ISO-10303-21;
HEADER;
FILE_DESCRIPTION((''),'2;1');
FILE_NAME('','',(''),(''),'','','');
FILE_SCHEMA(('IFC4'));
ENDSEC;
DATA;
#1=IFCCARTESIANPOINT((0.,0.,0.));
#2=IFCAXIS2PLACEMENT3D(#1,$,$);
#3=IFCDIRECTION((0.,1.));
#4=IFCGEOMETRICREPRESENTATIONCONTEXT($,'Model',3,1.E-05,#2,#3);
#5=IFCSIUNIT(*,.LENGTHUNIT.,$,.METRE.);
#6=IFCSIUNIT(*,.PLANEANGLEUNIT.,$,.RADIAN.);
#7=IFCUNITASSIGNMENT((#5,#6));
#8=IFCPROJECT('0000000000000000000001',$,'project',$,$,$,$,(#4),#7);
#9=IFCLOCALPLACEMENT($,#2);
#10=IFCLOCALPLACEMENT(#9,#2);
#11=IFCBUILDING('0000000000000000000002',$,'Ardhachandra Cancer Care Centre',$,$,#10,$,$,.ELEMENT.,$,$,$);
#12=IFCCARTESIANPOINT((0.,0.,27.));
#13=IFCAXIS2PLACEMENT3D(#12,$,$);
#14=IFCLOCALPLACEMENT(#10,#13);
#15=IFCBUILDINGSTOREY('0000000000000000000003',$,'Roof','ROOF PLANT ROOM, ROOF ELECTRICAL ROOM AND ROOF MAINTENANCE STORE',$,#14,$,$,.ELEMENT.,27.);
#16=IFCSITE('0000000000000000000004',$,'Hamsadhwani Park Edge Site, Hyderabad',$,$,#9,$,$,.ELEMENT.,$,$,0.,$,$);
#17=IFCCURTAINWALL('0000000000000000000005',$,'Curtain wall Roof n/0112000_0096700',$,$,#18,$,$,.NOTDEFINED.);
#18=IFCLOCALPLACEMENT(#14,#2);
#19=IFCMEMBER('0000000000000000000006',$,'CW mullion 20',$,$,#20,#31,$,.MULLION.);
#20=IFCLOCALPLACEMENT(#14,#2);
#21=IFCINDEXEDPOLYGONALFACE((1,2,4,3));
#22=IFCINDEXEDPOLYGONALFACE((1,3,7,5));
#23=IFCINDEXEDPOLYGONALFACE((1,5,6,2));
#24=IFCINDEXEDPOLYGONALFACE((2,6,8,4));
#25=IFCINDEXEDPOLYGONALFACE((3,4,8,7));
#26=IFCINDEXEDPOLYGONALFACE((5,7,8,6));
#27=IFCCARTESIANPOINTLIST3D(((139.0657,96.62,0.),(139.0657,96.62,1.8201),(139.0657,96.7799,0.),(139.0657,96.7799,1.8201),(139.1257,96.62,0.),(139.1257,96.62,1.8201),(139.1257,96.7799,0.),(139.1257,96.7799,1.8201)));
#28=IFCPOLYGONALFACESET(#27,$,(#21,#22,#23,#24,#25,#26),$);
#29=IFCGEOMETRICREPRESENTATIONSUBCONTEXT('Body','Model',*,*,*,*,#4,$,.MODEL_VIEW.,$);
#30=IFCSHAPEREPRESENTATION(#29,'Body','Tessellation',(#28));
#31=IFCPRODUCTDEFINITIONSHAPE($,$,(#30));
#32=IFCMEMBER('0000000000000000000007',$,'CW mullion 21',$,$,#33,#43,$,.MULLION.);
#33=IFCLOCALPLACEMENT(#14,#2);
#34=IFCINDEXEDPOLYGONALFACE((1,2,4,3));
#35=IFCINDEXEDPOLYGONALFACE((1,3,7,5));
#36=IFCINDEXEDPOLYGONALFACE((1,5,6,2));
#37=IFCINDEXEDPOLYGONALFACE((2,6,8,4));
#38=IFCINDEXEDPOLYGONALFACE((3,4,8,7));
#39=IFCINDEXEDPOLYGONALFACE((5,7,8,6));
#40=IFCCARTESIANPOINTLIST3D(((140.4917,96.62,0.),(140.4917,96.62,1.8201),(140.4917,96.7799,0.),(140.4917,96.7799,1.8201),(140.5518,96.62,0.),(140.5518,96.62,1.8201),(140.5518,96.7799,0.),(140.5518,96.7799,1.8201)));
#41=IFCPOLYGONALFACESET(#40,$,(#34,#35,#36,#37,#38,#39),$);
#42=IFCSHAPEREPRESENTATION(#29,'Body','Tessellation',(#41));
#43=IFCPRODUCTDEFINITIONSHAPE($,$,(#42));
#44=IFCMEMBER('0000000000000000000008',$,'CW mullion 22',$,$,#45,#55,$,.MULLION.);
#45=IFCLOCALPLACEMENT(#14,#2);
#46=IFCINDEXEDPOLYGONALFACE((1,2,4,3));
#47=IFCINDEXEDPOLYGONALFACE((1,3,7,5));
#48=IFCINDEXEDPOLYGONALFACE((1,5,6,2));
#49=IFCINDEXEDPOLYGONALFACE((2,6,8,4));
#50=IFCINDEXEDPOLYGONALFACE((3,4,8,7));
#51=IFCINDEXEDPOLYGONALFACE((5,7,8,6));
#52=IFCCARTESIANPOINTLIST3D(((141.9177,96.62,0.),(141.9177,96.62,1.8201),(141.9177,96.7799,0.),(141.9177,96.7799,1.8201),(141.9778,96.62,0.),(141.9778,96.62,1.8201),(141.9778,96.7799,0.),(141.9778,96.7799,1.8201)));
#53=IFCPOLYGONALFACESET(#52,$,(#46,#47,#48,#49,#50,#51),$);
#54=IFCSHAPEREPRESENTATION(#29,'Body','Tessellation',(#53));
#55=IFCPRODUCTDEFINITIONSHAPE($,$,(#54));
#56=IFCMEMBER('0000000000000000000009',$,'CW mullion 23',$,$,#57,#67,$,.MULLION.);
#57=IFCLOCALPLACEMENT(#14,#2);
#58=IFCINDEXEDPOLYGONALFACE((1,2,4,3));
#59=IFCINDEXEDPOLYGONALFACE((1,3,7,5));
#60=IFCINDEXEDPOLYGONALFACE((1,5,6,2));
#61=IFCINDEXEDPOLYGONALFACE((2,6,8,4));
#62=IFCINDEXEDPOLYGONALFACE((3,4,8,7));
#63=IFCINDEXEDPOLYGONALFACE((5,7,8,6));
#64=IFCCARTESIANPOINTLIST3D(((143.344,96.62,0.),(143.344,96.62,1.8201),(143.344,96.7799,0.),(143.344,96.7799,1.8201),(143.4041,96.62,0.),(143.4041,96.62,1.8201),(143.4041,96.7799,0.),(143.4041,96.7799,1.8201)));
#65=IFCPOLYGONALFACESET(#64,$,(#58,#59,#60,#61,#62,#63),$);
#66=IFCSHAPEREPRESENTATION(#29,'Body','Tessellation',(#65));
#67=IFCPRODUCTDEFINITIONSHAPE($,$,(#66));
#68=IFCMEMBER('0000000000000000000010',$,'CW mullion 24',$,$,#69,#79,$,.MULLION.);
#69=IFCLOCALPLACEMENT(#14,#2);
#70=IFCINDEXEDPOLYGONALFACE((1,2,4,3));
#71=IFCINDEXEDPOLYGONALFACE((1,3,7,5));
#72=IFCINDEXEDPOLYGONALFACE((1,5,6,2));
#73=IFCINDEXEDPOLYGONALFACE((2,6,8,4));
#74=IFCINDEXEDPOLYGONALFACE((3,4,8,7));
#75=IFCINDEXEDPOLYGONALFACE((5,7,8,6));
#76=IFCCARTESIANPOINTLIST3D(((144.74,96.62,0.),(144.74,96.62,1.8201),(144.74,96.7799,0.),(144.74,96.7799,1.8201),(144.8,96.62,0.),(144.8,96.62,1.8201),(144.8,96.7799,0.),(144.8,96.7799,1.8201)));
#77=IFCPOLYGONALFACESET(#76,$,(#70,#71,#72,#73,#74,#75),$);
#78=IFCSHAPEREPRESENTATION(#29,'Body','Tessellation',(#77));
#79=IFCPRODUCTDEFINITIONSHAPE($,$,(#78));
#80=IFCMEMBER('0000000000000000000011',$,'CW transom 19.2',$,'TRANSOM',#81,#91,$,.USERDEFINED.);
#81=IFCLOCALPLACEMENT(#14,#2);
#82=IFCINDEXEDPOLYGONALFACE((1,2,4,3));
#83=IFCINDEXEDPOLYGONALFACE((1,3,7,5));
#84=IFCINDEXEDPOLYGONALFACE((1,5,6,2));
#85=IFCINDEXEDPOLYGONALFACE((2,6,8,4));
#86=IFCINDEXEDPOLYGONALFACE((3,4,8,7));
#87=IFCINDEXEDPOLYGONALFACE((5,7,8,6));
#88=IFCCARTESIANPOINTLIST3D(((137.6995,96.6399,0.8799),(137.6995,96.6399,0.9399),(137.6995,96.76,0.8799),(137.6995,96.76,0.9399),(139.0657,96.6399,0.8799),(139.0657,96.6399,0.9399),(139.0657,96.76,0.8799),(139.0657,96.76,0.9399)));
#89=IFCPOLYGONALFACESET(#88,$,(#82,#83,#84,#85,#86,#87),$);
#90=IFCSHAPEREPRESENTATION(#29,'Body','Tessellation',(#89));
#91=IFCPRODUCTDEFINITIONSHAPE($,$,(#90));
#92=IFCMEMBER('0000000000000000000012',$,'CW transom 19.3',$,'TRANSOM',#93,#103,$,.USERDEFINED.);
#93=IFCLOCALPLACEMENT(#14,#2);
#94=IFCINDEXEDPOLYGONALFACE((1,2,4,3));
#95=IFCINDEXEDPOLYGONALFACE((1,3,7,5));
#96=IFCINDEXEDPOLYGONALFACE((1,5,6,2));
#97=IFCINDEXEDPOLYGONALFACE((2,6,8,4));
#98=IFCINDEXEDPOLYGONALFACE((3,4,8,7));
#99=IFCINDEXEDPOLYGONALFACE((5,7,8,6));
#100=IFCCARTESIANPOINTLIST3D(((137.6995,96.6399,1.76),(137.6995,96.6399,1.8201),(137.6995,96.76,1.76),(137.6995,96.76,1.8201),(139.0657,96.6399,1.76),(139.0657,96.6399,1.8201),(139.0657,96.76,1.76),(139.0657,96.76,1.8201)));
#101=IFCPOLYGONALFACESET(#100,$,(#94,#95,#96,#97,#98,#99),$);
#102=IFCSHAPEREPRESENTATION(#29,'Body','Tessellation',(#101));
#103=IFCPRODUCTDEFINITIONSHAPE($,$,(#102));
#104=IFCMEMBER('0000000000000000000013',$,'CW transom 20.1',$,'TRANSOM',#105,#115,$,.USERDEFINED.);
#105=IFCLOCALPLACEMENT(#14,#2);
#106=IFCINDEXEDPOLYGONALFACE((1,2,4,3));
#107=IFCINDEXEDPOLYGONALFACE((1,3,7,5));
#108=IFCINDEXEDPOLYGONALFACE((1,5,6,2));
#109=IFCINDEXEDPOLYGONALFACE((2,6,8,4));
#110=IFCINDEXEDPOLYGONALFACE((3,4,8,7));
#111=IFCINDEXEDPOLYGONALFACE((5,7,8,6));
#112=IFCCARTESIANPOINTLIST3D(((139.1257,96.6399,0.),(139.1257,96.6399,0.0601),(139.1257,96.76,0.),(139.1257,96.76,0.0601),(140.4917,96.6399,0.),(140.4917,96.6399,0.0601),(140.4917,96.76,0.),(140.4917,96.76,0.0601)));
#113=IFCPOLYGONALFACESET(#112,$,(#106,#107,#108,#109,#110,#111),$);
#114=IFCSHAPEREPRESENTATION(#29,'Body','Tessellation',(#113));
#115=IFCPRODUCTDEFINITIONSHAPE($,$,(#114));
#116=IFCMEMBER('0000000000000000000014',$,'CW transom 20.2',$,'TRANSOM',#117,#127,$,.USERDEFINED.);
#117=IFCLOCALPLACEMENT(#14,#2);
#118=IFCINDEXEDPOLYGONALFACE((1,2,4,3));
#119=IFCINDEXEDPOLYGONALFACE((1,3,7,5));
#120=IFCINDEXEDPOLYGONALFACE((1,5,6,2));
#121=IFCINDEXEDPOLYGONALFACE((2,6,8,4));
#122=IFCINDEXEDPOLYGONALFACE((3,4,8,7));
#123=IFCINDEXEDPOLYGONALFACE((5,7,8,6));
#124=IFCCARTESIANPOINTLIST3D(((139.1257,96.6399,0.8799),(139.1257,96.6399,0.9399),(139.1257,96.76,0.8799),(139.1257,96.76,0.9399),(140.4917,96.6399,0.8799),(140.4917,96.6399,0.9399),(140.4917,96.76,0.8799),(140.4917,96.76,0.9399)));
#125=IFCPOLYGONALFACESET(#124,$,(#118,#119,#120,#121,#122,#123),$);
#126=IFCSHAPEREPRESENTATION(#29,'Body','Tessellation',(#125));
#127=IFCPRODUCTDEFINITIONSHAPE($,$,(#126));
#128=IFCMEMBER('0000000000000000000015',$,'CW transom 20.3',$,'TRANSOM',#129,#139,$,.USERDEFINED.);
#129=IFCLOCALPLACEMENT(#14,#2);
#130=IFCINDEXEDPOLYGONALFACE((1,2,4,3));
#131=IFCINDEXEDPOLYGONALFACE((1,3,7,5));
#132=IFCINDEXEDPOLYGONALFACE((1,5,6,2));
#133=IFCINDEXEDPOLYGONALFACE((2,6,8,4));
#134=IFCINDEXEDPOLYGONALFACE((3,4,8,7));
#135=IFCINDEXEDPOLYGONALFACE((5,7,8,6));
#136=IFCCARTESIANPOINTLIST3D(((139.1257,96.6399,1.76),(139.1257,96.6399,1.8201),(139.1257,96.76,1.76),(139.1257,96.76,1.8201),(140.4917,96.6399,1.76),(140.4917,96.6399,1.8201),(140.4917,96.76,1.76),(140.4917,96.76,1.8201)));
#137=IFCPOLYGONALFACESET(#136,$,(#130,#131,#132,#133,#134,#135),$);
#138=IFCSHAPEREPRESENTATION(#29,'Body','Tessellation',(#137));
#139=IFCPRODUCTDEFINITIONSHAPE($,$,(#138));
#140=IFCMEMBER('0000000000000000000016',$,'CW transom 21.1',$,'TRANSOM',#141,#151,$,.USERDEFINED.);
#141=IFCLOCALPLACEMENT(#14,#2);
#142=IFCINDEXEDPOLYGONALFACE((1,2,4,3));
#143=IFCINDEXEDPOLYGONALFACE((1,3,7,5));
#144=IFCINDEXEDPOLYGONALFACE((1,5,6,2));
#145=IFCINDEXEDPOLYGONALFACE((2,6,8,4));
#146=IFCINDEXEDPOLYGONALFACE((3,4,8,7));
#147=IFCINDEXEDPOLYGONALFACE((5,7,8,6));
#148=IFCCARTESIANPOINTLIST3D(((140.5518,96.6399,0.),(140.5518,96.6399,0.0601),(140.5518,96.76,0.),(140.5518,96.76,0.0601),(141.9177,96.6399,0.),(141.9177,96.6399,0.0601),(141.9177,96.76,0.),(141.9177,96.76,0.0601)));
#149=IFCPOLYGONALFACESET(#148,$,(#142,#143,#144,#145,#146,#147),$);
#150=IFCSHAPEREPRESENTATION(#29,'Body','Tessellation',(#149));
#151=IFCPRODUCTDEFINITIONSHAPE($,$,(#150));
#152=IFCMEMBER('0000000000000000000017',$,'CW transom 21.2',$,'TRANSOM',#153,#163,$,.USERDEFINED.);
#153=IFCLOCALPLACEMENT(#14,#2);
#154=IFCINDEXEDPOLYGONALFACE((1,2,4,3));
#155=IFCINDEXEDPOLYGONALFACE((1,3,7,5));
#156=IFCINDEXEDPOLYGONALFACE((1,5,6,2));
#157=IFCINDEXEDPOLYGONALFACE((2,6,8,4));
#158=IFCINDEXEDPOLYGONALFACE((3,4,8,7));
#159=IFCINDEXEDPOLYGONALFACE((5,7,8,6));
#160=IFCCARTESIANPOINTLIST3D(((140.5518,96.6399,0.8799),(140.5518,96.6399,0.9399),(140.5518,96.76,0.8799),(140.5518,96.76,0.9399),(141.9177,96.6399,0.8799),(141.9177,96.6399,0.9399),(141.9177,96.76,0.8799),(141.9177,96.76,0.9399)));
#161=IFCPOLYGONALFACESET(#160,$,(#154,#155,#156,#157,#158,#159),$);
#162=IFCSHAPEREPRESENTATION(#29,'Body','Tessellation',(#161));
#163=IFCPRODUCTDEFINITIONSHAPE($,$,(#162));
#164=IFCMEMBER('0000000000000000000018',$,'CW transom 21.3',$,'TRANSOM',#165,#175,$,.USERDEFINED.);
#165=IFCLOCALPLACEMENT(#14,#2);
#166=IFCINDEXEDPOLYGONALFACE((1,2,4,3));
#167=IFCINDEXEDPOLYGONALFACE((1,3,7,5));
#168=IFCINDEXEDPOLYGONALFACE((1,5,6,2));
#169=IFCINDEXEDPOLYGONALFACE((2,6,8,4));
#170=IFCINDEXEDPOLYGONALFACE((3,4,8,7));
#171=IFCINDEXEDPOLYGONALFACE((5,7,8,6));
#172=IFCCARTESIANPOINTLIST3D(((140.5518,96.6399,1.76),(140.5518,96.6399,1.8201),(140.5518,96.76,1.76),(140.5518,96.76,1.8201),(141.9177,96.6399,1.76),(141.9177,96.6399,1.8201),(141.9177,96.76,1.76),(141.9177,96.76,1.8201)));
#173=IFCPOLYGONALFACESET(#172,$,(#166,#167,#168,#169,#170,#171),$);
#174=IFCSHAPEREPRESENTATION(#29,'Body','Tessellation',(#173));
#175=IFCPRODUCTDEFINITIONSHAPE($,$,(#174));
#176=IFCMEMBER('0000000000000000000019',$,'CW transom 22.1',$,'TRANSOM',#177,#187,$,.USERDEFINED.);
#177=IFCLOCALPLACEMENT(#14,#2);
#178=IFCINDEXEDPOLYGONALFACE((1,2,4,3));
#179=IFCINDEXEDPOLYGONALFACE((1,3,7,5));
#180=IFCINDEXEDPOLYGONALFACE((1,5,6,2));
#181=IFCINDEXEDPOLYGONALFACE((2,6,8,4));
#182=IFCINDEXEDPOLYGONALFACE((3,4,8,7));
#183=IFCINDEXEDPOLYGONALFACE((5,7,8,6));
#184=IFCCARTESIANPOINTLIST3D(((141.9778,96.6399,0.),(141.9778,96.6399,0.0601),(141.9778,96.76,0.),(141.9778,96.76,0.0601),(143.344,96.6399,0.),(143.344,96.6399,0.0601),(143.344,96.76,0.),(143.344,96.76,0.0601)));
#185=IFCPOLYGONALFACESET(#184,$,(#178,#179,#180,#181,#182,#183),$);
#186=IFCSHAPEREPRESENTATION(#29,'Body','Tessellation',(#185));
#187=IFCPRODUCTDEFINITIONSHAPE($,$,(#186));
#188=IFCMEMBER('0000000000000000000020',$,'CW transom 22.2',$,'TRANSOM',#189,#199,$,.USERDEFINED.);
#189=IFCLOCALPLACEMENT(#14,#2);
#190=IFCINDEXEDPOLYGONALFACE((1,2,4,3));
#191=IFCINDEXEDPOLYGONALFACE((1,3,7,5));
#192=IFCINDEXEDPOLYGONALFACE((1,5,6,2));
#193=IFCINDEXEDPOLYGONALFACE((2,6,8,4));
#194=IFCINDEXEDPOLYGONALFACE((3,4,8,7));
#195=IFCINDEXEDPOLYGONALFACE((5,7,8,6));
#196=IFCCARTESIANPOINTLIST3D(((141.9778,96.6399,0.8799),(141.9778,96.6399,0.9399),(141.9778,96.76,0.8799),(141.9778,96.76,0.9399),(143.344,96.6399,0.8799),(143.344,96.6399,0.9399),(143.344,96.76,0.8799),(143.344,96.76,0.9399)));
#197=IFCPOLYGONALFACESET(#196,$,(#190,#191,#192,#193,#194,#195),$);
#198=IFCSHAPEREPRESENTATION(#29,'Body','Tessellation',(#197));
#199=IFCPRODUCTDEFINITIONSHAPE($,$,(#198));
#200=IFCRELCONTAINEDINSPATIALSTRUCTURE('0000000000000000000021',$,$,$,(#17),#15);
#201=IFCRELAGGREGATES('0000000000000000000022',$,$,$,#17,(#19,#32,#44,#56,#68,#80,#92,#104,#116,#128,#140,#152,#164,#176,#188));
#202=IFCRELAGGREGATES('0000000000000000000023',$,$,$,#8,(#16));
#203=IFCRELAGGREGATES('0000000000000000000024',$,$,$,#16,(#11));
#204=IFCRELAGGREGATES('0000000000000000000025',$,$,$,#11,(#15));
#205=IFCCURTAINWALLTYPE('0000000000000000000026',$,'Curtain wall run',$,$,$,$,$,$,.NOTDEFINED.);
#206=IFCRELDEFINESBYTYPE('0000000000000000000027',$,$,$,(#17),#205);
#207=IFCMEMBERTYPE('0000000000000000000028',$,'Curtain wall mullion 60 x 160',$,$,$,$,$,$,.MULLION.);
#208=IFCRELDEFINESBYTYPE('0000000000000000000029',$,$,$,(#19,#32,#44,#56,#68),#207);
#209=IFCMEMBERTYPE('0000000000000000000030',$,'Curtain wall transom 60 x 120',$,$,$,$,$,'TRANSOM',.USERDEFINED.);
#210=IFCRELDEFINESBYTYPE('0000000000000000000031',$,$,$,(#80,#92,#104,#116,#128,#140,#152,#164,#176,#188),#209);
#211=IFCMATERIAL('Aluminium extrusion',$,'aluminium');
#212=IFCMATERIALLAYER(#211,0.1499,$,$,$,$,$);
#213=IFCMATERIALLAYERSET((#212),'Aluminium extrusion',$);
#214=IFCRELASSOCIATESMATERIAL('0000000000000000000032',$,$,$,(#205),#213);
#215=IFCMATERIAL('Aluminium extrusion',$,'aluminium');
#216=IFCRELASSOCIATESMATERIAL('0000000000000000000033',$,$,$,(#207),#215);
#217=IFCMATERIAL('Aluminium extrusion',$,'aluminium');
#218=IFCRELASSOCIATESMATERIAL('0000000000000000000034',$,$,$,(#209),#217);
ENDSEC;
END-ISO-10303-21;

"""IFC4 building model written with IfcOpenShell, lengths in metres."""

from ifc_helpers import new_model, si_unit, direction, frame, origin, origin_2d, place, context, subcontext, project, spatial, rectangle, extrude, material, layer, layer_set, material_profile, profile_set, type_object, element, aggregate, save


model = new_model("IFC4")

# Units and contexts
model_context = context("Model", 3, precision=1e-05, world=origin(), true_north=direction((0.0, 1.0)))
body_context = subcontext(model_context, "Body", "Model", "MODEL_VIEW")
ifc_project = project(units=[si_unit("LENGTHUNIT", "METRE"), si_unit("PLANEANGLEUNIT", "RADIAN")], contexts=[model_context])

# Site, building, storey
site_placement = place(None, origin())
site = spatial("IfcSite", under=ifc_project, at=site_placement, Name="Hamsadhwani Park Edge Site, Hyderabad", CompositionType="ELEMENT", RefElevation=0.0)
building_placement = place(site_placement, origin())
building = spatial("IfcBuilding", under=site, at=building_placement, Name="Ardhachandra Cancer Care Centre", CompositionType="ELEMENT")
storey_placement = place(building_placement, frame((0.0, 0.0, 27.0)))
storey = spatial("IfcBuildingStorey", under=building, at=storey_placement, Name="Roof", Description="ROOF PLANT ROOM, ROOF ELECTRICAL ROOM AND ROOF MAINTENANCE STORE", CompositionType="ELEMENT", Elevation=27.0)

# Curtain wall, members
ifc_material_1 = material(Name="Aluminium extrusion", Category="aluminium")
ifc_layer_1 = layer(ifc_material_1, 0.1499)
ifc_layer_set_1 = layer_set([ifc_layer_1], Name="Aluminium extrusion")
curtain_wall_type = type_object("IfcCurtainWallType", Name="Curtain wall run", PredefinedType="NOTDEFINED", material=ifc_layer_set_1)
curtain_wall_placement = place(storey_placement, origin())
curtain_wall = element("IfcCurtainWall", 1, at=curtain_wall_placement, inside=storey, type_object=curtain_wall_type, Name="Curtain wall Roof n/0112000_0096700", PredefinedType="NOTDEFINED")
ifc_material_2 = material(Name="Aluminium extrusion", Category="aluminium")
ifc_material_profile_1 = material_profile(ifc_material_2, rectangle(XDim=0.1599, YDim=0.0601, at=origin_2d()), Name="Curtain wall mullion 60 x 160")
ifc_profile_set_1 = profile_set([ifc_material_profile_1], Name="Aluminium extrusion")
member_type_1 = type_object("IfcMemberType", Name="Curtain wall mullion 60 x 160", PredefinedType="MULLION", material=ifc_profile_set_1)
member_1_placement = place(storey_placement, frame((139.0957, 96.7, 0.0), z_axis=(0.0, 0.0, 1.0), x_axis=(0.0, 1.0, 0.0)))
member_1 = element("IfcMember", 2, at=member_1_placement, type_object=member_type_1, Name="CW mullion 20", PredefinedType="MULLION", context=body_context, shape_type="SweptSolid", body=[
    extrude(rectangle(XDim=0.1599, YDim=0.0601, at=origin_2d()), origin(), (0.0, 0.0, 1.0), 1.8201),
])
member_2_placement = place(storey_placement, frame((140.5217, 96.7, 0.0), z_axis=(0.0, 0.0, 1.0), x_axis=(0.0, 1.0, 0.0)))
member_2 = element("IfcMember", 3, at=member_2_placement, type_object=member_type_1, Name="CW mullion 21", PredefinedType="MULLION", context=body_context, shape_type="SweptSolid", body=[
    extrude(rectangle(XDim=0.1599, YDim=0.0601, at=origin_2d()), origin(), (0.0, 0.0, 1.0), 1.8201),
])
member_3_placement = place(storey_placement, frame((141.9478, 96.7, 0.0), z_axis=(0.0, 0.0, 1.0), x_axis=(0.0, 1.0, 0.0)))
member_3 = element("IfcMember", 4, at=member_3_placement, type_object=member_type_1, Name="CW mullion 22", PredefinedType="MULLION", context=body_context, shape_type="SweptSolid", body=[
    extrude(rectangle(XDim=0.1599, YDim=0.0601, at=origin_2d()), origin(), (0.0, 0.0, 1.0), 1.8201),
])
member_4_placement = place(storey_placement, frame((143.374, 96.7, 0.0), z_axis=(0.0, 0.0, 1.0), x_axis=(0.0, 1.0, 0.0)))
member_4 = element("IfcMember", 5, at=member_4_placement, type_object=member_type_1, Name="CW mullion 23", PredefinedType="MULLION", context=body_context, shape_type="SweptSolid", body=[
    extrude(rectangle(XDim=0.1599, YDim=0.0601, at=origin_2d()), origin(), (0.0, 0.0, 1.0), 1.8201),
])
member_5_placement = place(storey_placement, frame((144.77, 96.7, 0.0), z_axis=(0.0, 0.0, 1.0), x_axis=(0.0, 1.0, 0.0)))
member_5 = element("IfcMember", 6, at=member_5_placement, type_object=member_type_1, Name="CW mullion 24", PredefinedType="MULLION", context=body_context, shape_type="SweptSolid", body=[
    extrude(rectangle(XDim=0.1599, YDim=0.0601, at=origin_2d()), origin(), (0.0, 0.0, 1.0), 1.8201),
])
ifc_material_3 = material(Name="Aluminium extrusion", Category="aluminium")
ifc_material_profile_2 = material_profile(ifc_material_3, rectangle(XDim=0.1201, YDim=0.0601, at=origin_2d()), Name="Curtain wall transom 60 x 120")
ifc_profile_set_2 = profile_set([ifc_material_profile_2], Name="Aluminium extrusion")
member_type_2 = type_object("IfcMemberType", Name="Curtain wall transom 60 x 120", ElementType="TRANSOM", PredefinedType="USERDEFINED", material=ifc_profile_set_2)
member_6_placement = place(storey_placement, frame((137.6995, 96.7, 0.9099), z_axis=(1.0, 0.0, 0.0), x_axis=(0.0, 1.0, 0.0)))
member_6 = element("IfcMember", 7, at=member_6_placement, type_object=member_type_2, Name="CW transom 19.2", ObjectType="TRANSOM", PredefinedType="USERDEFINED", context=body_context, shape_type="SweptSolid", body=[
    extrude(rectangle(XDim=0.1201, YDim=0.0601, at=origin_2d()), origin(), (0.0, 0.0, 1.0), 1.3662),
])
member_7_placement = place(storey_placement, frame((137.6995, 96.7, 1.79), z_axis=(1.0, 0.0, 0.0), x_axis=(0.0, 1.0, 0.0)))
member_7 = element("IfcMember", 8, at=member_7_placement, type_object=member_type_2, Name="CW transom 19.3", ObjectType="TRANSOM", PredefinedType="USERDEFINED", context=body_context, shape_type="SweptSolid", body=[
    extrude(rectangle(XDim=0.1201, YDim=0.0601, at=origin_2d()), origin(), (0.0, 0.0, 1.0), 1.3662),
])
member_8_placement = place(storey_placement, frame((139.1257, 96.7, 0.03), z_axis=(1.0, 0.0, 0.0), x_axis=(0.0, 1.0, 0.0)))
member_8 = element("IfcMember", 9, at=member_8_placement, type_object=member_type_2, Name="CW transom 20.1", ObjectType="TRANSOM", PredefinedType="USERDEFINED", context=body_context, shape_type="SweptSolid", body=[
    extrude(rectangle(XDim=0.1201, YDim=0.0601, at=origin_2d()), origin(), (0.0, 0.0, 1.0), 1.366),
])
member_9_placement = place(storey_placement, frame((139.1257, 96.7, 0.9099), z_axis=(1.0, 0.0, 0.0), x_axis=(0.0, 1.0, 0.0)))
member_9 = element("IfcMember", 10, at=member_9_placement, type_object=member_type_2, Name="CW transom 20.2", ObjectType="TRANSOM", PredefinedType="USERDEFINED", context=body_context, shape_type="SweptSolid", body=[
    extrude(rectangle(XDim=0.1201, YDim=0.0601, at=origin_2d()), origin(), (0.0, 0.0, 1.0), 1.366),
])
member_10_placement = place(storey_placement, frame((139.1257, 96.7, 1.79), z_axis=(1.0, 0.0, 0.0), x_axis=(0.0, 1.0, 0.0)))
member_10 = element("IfcMember", 11, at=member_10_placement, type_object=member_type_2, Name="CW transom 20.3", ObjectType="TRANSOM", PredefinedType="USERDEFINED", context=body_context, shape_type="SweptSolid", body=[
    extrude(rectangle(XDim=0.1201, YDim=0.0601, at=origin_2d()), origin(), (0.0, 0.0, 1.0), 1.366),
])
member_11_placement = place(storey_placement, frame((140.5518, 96.7, 0.03), z_axis=(1.0, 0.0, 0.0), x_axis=(0.0, 1.0, 0.0)))
member_11 = element("IfcMember", 12, at=member_11_placement, type_object=member_type_2, Name="CW transom 21.1", ObjectType="TRANSOM", PredefinedType="USERDEFINED", context=body_context, shape_type="SweptSolid", body=[
    extrude(rectangle(XDim=0.1201, YDim=0.0601, at=origin_2d()), origin(), (0.0, 0.0, 1.0), 1.366),
])
member_12_placement = place(storey_placement, frame((140.5518, 96.7, 0.9099), z_axis=(1.0, 0.0, 0.0), x_axis=(0.0, 1.0, 0.0)))
member_12 = element("IfcMember", 13, at=member_12_placement, type_object=member_type_2, Name="CW transom 21.2", ObjectType="TRANSOM", PredefinedType="USERDEFINED", context=body_context, shape_type="SweptSolid", body=[
    extrude(rectangle(XDim=0.1201, YDim=0.0601, at=origin_2d()), origin(), (0.0, 0.0, 1.0), 1.366),
])
member_13_placement = place(storey_placement, frame((140.5518, 96.7, 1.79), z_axis=(1.0, 0.0, 0.0), x_axis=(0.0, 1.0, 0.0)))
member_13 = element("IfcMember", 14, at=member_13_placement, type_object=member_type_2, Name="CW transom 21.3", ObjectType="TRANSOM", PredefinedType="USERDEFINED", context=body_context, shape_type="SweptSolid", body=[
    extrude(rectangle(XDim=0.1201, YDim=0.0601, at=origin_2d()), origin(), (0.0, 0.0, 1.0), 1.366),
])
member_14_placement = place(storey_placement, frame((141.9778, 96.7, 0.03), z_axis=(1.0, 0.0, 0.0), x_axis=(0.0, 1.0, 0.0)))
member_14 = element("IfcMember", 15, at=member_14_placement, type_object=member_type_2, Name="CW transom 22.1", ObjectType="TRANSOM", PredefinedType="USERDEFINED", context=body_context, shape_type="SweptSolid", body=[
    extrude(rectangle(XDim=0.1201, YDim=0.0601, at=origin_2d()), origin(), (0.0, 0.0, 1.0), 1.3662),
])
member_15_placement = place(storey_placement, frame((141.9778, 96.7, 0.9099), z_axis=(1.0, 0.0, 0.0), x_axis=(0.0, 1.0, 0.0)))
member_15 = element("IfcMember", 16, at=member_15_placement, type_object=member_type_2, Name="CW transom 22.2", ObjectType="TRANSOM", PredefinedType="USERDEFINED", context=body_context, shape_type="SweptSolid", body=[
    extrude(rectangle(XDim=0.1201, YDim=0.0601, at=origin_2d()), origin(), (0.0, 0.0, 1.0), 1.3662),
])

aggregate(curtain_wall, [member_1, member_2, member_3, member_4, member_5, member_6, member_7, member_8, member_9, member_10, member_11, member_12, member_13, member_14, member_15])

save(model, "model.ifc")
